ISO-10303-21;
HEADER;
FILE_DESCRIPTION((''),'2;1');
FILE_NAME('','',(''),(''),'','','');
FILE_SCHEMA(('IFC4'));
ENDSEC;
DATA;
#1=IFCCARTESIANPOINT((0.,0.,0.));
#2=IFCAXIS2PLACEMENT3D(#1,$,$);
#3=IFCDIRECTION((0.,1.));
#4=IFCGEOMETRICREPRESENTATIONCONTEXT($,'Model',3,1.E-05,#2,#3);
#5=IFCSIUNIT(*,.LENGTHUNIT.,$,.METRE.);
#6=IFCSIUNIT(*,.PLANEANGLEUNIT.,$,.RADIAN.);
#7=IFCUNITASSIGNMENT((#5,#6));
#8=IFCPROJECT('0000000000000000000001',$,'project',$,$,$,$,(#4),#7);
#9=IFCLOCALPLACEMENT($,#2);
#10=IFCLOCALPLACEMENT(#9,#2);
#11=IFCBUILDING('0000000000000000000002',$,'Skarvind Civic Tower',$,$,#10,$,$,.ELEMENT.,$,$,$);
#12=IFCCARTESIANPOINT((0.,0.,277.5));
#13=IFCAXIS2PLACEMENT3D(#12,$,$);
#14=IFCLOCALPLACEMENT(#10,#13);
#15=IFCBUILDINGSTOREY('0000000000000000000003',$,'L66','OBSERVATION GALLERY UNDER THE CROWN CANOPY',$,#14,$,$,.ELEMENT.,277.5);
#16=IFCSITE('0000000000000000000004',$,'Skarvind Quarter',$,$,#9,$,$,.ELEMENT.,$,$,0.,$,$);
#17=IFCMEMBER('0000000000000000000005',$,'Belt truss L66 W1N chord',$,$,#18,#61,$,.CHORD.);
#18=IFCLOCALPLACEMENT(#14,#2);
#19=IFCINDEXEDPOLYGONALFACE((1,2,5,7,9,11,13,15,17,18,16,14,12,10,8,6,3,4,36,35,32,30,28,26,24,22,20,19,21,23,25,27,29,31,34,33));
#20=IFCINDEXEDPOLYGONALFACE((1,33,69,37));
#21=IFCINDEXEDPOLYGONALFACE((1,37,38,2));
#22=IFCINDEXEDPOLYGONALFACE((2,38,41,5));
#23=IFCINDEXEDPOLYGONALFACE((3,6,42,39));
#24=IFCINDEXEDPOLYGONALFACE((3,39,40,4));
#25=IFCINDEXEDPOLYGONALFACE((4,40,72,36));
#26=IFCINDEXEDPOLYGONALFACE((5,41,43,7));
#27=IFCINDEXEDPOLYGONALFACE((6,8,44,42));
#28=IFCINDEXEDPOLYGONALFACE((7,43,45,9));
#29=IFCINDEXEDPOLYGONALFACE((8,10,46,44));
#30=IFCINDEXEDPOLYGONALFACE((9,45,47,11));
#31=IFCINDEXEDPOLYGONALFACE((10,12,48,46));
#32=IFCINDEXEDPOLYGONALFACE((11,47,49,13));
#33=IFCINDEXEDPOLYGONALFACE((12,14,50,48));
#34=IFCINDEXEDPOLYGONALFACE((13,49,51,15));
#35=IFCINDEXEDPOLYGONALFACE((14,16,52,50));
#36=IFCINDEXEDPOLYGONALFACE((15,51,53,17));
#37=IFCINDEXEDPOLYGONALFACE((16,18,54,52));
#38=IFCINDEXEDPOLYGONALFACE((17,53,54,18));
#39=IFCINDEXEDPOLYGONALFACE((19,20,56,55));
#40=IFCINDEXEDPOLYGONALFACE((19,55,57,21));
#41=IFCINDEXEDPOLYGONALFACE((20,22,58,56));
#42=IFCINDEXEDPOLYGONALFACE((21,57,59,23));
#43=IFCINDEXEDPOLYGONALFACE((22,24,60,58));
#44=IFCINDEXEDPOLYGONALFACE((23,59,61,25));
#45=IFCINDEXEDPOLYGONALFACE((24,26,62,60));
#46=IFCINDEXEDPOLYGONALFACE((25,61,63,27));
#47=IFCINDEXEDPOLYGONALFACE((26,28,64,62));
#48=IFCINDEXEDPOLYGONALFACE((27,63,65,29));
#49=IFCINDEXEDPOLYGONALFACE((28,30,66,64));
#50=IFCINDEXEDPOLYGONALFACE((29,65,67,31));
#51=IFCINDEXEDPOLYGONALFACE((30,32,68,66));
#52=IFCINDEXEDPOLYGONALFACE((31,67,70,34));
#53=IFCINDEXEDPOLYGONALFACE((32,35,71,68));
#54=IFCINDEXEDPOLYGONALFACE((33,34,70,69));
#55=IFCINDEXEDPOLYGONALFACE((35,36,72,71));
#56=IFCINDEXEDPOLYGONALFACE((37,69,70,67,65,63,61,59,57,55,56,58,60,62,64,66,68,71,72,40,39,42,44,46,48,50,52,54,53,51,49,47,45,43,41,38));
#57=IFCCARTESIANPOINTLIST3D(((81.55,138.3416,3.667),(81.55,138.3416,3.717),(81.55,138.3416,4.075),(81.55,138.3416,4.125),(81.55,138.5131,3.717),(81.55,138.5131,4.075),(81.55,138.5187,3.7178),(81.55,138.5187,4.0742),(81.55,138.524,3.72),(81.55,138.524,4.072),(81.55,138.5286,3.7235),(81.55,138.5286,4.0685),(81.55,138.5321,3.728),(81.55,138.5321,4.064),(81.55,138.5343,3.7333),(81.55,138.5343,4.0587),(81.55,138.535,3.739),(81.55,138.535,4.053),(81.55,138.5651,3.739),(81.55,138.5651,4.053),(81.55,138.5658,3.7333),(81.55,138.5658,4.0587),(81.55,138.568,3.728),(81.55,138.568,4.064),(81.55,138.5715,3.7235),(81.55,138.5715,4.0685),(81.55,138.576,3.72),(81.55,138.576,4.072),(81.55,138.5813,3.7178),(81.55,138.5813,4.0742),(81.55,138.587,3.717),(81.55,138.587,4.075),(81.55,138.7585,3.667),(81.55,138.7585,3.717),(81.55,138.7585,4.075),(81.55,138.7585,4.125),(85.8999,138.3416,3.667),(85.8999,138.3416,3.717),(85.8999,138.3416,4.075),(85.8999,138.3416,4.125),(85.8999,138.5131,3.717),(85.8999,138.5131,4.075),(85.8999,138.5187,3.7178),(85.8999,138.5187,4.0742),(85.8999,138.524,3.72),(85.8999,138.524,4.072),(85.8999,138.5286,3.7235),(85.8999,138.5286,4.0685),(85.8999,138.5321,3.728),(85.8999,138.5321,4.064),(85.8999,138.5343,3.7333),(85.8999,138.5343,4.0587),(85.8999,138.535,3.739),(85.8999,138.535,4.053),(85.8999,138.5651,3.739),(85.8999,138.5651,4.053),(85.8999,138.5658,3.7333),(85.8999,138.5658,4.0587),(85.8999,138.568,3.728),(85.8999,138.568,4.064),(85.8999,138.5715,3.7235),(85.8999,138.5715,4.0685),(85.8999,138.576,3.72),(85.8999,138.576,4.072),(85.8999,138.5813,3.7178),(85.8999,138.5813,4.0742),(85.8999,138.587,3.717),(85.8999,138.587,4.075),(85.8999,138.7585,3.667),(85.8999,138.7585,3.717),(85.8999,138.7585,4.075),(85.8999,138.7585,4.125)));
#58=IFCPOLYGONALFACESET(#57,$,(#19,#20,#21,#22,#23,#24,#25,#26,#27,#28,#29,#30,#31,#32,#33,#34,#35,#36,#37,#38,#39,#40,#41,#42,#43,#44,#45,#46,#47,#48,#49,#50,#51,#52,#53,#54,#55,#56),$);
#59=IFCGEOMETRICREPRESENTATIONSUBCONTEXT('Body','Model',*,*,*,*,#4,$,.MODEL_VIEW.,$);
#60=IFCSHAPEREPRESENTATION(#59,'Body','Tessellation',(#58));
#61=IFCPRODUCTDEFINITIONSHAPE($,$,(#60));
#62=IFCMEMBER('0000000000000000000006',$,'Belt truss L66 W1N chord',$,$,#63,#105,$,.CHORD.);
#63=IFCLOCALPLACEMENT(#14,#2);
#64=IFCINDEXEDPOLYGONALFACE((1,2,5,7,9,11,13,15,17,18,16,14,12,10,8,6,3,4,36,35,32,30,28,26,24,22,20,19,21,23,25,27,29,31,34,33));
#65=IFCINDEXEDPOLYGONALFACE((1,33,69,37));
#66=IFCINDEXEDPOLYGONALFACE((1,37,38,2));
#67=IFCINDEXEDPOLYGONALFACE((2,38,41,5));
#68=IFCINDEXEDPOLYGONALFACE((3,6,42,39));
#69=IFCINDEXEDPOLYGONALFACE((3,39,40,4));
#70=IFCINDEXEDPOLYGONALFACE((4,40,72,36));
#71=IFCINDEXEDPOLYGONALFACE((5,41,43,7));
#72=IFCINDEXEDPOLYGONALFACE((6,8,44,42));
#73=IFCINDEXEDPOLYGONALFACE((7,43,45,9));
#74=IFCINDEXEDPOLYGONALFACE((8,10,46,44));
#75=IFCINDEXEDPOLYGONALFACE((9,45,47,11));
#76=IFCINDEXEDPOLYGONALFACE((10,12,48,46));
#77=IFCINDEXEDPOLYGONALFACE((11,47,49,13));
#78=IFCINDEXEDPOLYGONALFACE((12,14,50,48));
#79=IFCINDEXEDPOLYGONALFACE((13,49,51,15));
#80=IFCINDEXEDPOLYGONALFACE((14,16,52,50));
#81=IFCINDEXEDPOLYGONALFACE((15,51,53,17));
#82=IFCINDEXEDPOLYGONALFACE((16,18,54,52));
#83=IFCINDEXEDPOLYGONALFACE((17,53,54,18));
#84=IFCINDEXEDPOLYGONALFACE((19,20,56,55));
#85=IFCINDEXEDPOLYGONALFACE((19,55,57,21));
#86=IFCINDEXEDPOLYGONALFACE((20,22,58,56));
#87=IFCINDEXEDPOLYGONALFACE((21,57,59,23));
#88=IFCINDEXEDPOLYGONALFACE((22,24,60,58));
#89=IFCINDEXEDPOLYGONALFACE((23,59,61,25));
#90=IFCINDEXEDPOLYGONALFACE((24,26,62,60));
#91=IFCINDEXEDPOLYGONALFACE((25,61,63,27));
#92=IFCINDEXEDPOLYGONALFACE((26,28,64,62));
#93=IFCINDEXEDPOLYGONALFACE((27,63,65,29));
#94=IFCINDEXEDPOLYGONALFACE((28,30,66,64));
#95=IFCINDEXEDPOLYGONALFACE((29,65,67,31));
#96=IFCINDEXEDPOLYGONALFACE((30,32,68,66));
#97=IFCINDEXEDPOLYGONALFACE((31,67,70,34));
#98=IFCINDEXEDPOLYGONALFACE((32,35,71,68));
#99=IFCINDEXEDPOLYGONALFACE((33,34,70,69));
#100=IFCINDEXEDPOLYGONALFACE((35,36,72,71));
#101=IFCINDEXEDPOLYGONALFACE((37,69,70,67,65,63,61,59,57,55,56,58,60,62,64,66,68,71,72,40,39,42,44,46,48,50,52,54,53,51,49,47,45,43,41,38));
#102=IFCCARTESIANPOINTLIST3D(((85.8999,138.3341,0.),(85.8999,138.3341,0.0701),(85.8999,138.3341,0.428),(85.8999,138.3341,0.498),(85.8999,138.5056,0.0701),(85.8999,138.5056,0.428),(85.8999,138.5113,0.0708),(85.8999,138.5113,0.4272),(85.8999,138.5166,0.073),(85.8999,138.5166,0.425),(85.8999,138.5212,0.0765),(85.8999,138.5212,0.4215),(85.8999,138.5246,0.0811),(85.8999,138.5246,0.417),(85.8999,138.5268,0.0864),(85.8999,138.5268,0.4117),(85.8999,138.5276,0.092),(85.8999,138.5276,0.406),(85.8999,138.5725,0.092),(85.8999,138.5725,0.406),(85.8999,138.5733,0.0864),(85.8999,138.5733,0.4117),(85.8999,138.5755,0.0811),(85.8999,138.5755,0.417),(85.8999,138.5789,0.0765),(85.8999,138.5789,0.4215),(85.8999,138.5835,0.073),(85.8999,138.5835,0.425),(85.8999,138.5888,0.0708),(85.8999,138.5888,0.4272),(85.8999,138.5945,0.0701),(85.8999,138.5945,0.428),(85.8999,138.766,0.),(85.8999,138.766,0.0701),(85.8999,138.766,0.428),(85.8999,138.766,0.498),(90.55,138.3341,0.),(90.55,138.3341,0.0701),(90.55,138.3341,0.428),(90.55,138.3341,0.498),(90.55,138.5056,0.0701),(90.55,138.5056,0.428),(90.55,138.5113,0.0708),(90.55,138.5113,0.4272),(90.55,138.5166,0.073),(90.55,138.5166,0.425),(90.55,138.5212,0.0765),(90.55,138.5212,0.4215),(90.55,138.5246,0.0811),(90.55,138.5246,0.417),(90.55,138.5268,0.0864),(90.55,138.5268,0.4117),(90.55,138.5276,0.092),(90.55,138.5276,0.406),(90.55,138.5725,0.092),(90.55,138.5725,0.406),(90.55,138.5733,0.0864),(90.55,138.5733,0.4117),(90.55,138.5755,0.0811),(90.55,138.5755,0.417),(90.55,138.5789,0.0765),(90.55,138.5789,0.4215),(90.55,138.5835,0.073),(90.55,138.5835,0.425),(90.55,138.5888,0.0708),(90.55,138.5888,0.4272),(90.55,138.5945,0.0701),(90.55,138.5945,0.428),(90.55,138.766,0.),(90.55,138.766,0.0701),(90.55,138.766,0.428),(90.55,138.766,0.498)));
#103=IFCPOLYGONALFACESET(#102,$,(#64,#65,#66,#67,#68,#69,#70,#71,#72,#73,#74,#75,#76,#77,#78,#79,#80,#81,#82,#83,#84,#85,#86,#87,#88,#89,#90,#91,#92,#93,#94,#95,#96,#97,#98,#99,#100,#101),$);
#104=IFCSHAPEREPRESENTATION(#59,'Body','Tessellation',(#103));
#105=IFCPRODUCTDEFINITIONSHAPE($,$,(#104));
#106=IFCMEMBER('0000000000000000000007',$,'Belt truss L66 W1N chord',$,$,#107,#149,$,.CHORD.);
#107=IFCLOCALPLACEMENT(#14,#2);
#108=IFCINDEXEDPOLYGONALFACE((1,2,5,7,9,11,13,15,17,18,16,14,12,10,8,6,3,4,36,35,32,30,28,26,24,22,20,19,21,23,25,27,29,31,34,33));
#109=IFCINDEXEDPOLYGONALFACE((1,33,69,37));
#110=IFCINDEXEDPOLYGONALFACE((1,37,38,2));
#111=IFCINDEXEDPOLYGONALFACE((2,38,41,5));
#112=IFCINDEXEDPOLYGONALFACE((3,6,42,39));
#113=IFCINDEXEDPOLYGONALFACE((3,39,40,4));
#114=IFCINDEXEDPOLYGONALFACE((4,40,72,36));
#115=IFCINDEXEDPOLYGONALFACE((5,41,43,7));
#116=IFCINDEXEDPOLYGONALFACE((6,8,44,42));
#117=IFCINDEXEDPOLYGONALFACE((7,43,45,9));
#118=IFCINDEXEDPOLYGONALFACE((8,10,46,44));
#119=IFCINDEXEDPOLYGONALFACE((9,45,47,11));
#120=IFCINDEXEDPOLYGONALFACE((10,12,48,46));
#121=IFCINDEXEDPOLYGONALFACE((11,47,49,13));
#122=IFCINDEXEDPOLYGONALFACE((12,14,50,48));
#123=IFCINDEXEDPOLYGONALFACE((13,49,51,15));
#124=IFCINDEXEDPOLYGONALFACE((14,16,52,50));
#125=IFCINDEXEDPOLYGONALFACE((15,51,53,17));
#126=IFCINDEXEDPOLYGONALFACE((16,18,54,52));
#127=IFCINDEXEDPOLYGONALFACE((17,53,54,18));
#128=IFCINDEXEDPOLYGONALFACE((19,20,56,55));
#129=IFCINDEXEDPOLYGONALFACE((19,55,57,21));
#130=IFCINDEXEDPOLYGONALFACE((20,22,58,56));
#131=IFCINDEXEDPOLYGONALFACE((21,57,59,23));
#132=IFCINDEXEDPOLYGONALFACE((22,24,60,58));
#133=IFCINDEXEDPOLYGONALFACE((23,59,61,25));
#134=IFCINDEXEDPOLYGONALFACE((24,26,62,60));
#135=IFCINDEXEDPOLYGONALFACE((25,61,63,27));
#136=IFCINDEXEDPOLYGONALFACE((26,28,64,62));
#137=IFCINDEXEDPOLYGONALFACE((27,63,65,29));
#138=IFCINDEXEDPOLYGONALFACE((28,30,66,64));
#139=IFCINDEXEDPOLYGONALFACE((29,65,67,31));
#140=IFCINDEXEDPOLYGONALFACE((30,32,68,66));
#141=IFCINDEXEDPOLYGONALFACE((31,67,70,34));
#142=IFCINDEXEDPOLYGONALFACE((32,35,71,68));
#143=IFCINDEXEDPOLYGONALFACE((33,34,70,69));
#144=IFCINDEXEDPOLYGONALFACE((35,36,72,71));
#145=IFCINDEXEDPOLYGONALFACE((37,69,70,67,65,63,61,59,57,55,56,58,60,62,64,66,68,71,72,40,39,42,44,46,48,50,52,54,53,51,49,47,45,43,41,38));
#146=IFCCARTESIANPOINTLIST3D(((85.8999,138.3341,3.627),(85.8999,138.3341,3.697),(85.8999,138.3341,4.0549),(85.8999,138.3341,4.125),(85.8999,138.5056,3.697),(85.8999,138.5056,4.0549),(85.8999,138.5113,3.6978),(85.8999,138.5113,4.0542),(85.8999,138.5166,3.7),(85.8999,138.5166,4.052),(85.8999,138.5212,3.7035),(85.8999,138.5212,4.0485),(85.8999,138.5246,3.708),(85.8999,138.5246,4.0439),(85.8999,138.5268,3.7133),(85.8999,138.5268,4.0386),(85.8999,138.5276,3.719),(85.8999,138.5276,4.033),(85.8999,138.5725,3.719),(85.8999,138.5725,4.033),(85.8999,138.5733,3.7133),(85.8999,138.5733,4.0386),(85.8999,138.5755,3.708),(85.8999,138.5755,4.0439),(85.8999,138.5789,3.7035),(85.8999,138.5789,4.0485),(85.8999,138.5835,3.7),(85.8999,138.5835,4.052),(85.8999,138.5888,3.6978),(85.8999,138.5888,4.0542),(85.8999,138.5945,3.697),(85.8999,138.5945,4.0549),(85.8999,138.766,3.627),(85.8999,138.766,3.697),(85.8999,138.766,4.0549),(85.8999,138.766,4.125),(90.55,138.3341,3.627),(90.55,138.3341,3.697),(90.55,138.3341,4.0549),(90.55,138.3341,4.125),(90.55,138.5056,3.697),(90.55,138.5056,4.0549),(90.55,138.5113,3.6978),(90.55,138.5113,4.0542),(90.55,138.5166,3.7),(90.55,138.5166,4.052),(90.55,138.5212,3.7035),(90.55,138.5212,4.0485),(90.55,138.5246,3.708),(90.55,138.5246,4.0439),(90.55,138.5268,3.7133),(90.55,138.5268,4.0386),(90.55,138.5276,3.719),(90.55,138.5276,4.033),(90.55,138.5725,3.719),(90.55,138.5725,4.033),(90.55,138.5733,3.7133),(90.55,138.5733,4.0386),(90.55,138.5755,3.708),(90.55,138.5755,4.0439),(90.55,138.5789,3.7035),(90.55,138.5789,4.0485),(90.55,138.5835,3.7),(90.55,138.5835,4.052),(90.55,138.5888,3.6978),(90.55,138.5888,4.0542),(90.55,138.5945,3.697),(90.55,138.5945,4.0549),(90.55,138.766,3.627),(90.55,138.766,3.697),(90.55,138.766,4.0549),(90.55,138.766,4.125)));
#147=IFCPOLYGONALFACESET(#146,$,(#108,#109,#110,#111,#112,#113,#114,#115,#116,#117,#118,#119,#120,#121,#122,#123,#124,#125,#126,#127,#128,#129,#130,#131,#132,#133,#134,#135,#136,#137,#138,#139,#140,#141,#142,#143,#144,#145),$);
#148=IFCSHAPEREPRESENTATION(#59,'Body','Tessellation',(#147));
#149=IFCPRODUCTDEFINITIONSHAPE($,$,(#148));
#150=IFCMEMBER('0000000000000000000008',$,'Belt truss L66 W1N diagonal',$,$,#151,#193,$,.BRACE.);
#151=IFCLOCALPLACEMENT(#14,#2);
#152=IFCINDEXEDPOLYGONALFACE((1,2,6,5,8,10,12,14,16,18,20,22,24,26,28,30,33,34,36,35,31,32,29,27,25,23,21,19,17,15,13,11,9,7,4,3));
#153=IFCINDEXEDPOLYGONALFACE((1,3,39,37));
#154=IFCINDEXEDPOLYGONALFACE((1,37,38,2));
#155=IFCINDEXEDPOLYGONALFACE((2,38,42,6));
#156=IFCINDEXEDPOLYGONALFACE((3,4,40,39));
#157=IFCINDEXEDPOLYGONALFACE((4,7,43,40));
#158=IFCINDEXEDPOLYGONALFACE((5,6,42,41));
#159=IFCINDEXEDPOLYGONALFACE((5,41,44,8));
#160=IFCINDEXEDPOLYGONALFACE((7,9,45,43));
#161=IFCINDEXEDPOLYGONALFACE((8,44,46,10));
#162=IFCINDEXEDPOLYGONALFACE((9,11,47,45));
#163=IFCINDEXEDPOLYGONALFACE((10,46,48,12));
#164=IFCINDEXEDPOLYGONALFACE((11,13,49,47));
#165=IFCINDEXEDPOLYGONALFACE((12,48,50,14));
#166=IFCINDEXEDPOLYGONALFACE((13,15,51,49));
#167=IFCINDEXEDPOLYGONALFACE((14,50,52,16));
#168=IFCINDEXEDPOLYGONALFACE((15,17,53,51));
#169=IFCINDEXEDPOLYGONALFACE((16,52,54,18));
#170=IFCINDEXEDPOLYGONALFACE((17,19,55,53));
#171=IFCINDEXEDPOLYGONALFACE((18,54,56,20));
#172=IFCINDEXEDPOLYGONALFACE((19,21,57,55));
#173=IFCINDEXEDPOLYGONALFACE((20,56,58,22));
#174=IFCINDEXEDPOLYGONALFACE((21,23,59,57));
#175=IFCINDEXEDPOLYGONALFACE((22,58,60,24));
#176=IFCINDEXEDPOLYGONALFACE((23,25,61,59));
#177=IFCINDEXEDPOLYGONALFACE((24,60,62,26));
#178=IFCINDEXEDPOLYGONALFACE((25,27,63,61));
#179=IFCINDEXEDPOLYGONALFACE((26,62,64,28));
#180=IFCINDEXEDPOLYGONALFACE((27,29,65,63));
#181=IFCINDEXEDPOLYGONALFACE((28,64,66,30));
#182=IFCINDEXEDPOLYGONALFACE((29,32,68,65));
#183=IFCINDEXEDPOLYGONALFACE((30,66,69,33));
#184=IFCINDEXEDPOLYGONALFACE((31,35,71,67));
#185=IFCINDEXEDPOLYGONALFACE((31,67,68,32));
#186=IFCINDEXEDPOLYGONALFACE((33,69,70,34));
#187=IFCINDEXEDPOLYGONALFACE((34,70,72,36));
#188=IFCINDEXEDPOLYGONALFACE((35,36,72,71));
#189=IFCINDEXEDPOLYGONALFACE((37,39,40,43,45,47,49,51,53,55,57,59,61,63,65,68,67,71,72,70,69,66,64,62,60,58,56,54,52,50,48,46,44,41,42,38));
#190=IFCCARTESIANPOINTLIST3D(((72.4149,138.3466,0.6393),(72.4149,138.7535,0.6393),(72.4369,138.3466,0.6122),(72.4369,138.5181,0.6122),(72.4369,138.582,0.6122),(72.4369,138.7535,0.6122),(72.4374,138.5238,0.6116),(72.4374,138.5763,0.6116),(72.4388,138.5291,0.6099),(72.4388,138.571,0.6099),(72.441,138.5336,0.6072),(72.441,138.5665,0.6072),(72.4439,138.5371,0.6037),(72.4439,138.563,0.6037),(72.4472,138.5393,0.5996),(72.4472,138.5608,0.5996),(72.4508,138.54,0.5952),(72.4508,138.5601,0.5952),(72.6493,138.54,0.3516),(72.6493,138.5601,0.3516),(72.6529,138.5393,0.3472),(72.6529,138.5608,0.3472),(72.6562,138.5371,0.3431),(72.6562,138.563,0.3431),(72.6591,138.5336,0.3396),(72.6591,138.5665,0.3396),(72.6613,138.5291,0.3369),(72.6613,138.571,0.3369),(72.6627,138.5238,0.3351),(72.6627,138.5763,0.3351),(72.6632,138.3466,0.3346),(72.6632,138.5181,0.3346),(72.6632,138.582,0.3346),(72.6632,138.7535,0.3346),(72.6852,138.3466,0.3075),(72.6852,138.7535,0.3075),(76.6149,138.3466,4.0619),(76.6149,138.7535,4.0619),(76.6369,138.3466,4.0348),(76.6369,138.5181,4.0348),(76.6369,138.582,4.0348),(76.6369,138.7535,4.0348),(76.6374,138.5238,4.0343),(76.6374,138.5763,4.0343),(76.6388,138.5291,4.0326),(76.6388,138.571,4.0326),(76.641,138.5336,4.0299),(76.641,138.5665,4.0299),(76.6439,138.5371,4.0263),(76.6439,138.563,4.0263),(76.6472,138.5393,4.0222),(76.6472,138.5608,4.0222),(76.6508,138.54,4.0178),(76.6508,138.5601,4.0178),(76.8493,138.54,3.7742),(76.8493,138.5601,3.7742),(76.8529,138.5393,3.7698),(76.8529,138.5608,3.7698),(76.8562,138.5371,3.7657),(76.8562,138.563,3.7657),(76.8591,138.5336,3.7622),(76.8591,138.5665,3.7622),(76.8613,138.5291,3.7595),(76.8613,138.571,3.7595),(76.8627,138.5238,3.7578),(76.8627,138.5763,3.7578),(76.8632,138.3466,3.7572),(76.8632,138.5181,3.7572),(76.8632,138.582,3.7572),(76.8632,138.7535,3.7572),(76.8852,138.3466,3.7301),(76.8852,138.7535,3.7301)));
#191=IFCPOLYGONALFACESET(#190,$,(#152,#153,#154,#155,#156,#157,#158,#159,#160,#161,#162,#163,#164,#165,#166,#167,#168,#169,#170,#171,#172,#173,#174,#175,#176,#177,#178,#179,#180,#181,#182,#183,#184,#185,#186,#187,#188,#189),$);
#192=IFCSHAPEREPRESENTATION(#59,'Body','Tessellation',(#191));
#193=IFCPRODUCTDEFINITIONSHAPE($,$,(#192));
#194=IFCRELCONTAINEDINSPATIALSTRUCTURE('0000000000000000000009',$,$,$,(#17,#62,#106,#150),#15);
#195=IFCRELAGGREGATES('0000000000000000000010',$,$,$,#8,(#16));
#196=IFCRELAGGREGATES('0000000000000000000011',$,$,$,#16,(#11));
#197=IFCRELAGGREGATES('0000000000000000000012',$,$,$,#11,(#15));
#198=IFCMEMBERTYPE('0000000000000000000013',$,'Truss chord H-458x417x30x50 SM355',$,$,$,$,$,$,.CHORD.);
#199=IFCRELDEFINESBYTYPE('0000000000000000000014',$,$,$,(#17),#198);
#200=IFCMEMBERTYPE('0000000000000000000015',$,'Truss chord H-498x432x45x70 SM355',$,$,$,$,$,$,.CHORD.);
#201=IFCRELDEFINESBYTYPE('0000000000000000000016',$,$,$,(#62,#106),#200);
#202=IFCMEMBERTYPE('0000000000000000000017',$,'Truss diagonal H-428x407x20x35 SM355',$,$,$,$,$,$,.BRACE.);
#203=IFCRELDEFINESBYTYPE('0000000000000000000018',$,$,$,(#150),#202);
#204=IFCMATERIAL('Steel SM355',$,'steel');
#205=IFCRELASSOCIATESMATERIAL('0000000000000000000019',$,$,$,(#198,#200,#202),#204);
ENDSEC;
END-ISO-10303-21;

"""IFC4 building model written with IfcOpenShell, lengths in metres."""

from ifc_helpers import new_model, si_unit, direction, frame, origin, origin_2d, place, context, subcontext, project, spatial, i_section, extrude, material, material_profile, profile_set, type_object, element, save


model = new_model("IFC4")

# Units and contexts
model_context = context("Model", 3, precision=1e-05, world=origin(), true_north=direction((0.0, 1.0)))
body_context = subcontext(model_context, "Body", "Model", "MODEL_VIEW")
ifc_project = project(units=[si_unit("LENGTHUNIT", "METRE"), si_unit("PLANEANGLEUNIT", "RADIAN")], contexts=[model_context])

# Site, building, storey
site_placement = place(None, origin())
site = spatial("IfcSite", under=ifc_project, at=site_placement, Name="Skarvind Quarter", CompositionType="ELEMENT", RefElevation=0.0)
building_placement = place(site_placement, origin())
building = spatial("IfcBuilding", under=site, at=building_placement, Name="Skarvind Civic Tower", CompositionType="ELEMENT")
storey_placement = place(building_placement, frame((0.0, 0.0, 277.5)))
storey = spatial("IfcBuildingStorey", under=building, at=storey_placement, Name="L66", Description="OBSERVATION GALLERY UNDER THE CROWN CANOPY", CompositionType="ELEMENT", Elevation=277.5)

# Members
ifc_material_1 = material(Name="Steel SM355", Category="steel")
ifc_material_profile_1 = material_profile(ifc_material_1, i_section(OverallWidth=0.417, OverallDepth=0.458, WebThickness=0.03, FlangeThickness=0.05, FilletRadius=0.022, at=origin_2d()), Name="H-458x417x30x50")
ifc_profile_set_1 = profile_set([ifc_material_profile_1], Name="Steel SM355")
member_type_1 = type_object("IfcMemberType", Name="Truss chord H-458x417x30x50 SM355", PredefinedType="CHORD", material=ifc_profile_set_1)
for number, where, z_axis, x_axis, name in (
    (1, (81.55, 138.55, 3.896), (1.0, 0.0, 0.0), (0.0, 1.0, 0.0), "Belt truss L66 W1N chord"),
):
    element("IfcMember", number, at=place(storey_placement, frame(where, z_axis=z_axis, x_axis=x_axis)), inside=storey, type_object=member_type_1, Name=name, PredefinedType="CHORD", context=body_context, shape_type="SweptSolid", body=[
        extrude(i_section(OverallWidth=0.417, OverallDepth=0.458, WebThickness=0.03, FlangeThickness=0.05, FilletRadius=0.022, at=origin_2d()), origin(), (0.0, 0.0, 1.0), 4.3499),
    ])
ifc_material_profile_2 = material_profile(ifc_material_1, i_section(OverallWidth=0.4319, OverallDepth=0.498, WebThickness=0.0449, FlangeThickness=0.0701, FilletRadius=0.022, at=origin_2d()), Name="H-498x432x45x70")
ifc_profile_set_2 = profile_set([ifc_material_profile_2], Name="Steel SM355")
member_type_2 = type_object("IfcMemberType", Name="Truss chord H-498x432x45x70 SM355", PredefinedType="CHORD", material=ifc_profile_set_2)
for number, where, z_axis, x_axis, name in (
    (2, (85.8999, 138.55, 0.249), (1.0, 0.0, 0.0), (0.0, 1.0, 0.0), "Belt truss L66 W1N chord"),
    (3, (85.8999, 138.55, 3.876), (1.0, 0.0, 0.0), (0.0, 1.0, 0.0), "Belt truss L66 W1N chord"),
):
    element("IfcMember", number, at=place(storey_placement, frame(where, z_axis=z_axis, x_axis=x_axis)), inside=storey, type_object=member_type_2, Name=name, PredefinedType="CHORD", context=body_context, shape_type="SweptSolid", body=[
        extrude(i_section(OverallWidth=0.4319, OverallDepth=0.498, WebThickness=0.0449, FlangeThickness=0.0701, FilletRadius=0.022, at=origin_2d()), origin(), (0.0, 0.0, 1.0), 4.6501),
    ])
ifc_material_profile_3 = material_profile(ifc_material_1, i_section(OverallWidth=0.407, OverallDepth=0.428, WebThickness=0.02, FlangeThickness=0.0349, FilletRadius=0.022, at=origin_2d()), Name="H-428x407x20x35")
ifc_profile_set_3 = profile_set([ifc_material_profile_3], Name="Steel SM355")
member_type_3 = type_object("IfcMemberType", Name="Truss diagonal H-428x407x20x35 SM355", PredefinedType="BRACE", material=ifc_profile_set_3)
for number, where, z_axis, x_axis, name in (
    (4, (72.55, 138.55, 0.4734), (0.775197, 0.0, 0.63172), (0.0, 1.0, 0.0), "Belt truss L66 W1N diagonal"),
):
    element("IfcMember", number, at=place(storey_placement, frame(where, z_axis=z_axis, x_axis=x_axis)), inside=storey, type_object=member_type_3, Name=name, PredefinedType="BRACE", context=body_context, shape_type="SweptSolid", body=[
        extrude(i_section(OverallWidth=0.407, OverallDepth=0.428, WebThickness=0.02, FlangeThickness=0.0349, FilletRadius=0.022, at=origin_2d()), origin(), (0.0, 0.0, 1.0), 5.418),
    ])

save(model, "model.ifc")
